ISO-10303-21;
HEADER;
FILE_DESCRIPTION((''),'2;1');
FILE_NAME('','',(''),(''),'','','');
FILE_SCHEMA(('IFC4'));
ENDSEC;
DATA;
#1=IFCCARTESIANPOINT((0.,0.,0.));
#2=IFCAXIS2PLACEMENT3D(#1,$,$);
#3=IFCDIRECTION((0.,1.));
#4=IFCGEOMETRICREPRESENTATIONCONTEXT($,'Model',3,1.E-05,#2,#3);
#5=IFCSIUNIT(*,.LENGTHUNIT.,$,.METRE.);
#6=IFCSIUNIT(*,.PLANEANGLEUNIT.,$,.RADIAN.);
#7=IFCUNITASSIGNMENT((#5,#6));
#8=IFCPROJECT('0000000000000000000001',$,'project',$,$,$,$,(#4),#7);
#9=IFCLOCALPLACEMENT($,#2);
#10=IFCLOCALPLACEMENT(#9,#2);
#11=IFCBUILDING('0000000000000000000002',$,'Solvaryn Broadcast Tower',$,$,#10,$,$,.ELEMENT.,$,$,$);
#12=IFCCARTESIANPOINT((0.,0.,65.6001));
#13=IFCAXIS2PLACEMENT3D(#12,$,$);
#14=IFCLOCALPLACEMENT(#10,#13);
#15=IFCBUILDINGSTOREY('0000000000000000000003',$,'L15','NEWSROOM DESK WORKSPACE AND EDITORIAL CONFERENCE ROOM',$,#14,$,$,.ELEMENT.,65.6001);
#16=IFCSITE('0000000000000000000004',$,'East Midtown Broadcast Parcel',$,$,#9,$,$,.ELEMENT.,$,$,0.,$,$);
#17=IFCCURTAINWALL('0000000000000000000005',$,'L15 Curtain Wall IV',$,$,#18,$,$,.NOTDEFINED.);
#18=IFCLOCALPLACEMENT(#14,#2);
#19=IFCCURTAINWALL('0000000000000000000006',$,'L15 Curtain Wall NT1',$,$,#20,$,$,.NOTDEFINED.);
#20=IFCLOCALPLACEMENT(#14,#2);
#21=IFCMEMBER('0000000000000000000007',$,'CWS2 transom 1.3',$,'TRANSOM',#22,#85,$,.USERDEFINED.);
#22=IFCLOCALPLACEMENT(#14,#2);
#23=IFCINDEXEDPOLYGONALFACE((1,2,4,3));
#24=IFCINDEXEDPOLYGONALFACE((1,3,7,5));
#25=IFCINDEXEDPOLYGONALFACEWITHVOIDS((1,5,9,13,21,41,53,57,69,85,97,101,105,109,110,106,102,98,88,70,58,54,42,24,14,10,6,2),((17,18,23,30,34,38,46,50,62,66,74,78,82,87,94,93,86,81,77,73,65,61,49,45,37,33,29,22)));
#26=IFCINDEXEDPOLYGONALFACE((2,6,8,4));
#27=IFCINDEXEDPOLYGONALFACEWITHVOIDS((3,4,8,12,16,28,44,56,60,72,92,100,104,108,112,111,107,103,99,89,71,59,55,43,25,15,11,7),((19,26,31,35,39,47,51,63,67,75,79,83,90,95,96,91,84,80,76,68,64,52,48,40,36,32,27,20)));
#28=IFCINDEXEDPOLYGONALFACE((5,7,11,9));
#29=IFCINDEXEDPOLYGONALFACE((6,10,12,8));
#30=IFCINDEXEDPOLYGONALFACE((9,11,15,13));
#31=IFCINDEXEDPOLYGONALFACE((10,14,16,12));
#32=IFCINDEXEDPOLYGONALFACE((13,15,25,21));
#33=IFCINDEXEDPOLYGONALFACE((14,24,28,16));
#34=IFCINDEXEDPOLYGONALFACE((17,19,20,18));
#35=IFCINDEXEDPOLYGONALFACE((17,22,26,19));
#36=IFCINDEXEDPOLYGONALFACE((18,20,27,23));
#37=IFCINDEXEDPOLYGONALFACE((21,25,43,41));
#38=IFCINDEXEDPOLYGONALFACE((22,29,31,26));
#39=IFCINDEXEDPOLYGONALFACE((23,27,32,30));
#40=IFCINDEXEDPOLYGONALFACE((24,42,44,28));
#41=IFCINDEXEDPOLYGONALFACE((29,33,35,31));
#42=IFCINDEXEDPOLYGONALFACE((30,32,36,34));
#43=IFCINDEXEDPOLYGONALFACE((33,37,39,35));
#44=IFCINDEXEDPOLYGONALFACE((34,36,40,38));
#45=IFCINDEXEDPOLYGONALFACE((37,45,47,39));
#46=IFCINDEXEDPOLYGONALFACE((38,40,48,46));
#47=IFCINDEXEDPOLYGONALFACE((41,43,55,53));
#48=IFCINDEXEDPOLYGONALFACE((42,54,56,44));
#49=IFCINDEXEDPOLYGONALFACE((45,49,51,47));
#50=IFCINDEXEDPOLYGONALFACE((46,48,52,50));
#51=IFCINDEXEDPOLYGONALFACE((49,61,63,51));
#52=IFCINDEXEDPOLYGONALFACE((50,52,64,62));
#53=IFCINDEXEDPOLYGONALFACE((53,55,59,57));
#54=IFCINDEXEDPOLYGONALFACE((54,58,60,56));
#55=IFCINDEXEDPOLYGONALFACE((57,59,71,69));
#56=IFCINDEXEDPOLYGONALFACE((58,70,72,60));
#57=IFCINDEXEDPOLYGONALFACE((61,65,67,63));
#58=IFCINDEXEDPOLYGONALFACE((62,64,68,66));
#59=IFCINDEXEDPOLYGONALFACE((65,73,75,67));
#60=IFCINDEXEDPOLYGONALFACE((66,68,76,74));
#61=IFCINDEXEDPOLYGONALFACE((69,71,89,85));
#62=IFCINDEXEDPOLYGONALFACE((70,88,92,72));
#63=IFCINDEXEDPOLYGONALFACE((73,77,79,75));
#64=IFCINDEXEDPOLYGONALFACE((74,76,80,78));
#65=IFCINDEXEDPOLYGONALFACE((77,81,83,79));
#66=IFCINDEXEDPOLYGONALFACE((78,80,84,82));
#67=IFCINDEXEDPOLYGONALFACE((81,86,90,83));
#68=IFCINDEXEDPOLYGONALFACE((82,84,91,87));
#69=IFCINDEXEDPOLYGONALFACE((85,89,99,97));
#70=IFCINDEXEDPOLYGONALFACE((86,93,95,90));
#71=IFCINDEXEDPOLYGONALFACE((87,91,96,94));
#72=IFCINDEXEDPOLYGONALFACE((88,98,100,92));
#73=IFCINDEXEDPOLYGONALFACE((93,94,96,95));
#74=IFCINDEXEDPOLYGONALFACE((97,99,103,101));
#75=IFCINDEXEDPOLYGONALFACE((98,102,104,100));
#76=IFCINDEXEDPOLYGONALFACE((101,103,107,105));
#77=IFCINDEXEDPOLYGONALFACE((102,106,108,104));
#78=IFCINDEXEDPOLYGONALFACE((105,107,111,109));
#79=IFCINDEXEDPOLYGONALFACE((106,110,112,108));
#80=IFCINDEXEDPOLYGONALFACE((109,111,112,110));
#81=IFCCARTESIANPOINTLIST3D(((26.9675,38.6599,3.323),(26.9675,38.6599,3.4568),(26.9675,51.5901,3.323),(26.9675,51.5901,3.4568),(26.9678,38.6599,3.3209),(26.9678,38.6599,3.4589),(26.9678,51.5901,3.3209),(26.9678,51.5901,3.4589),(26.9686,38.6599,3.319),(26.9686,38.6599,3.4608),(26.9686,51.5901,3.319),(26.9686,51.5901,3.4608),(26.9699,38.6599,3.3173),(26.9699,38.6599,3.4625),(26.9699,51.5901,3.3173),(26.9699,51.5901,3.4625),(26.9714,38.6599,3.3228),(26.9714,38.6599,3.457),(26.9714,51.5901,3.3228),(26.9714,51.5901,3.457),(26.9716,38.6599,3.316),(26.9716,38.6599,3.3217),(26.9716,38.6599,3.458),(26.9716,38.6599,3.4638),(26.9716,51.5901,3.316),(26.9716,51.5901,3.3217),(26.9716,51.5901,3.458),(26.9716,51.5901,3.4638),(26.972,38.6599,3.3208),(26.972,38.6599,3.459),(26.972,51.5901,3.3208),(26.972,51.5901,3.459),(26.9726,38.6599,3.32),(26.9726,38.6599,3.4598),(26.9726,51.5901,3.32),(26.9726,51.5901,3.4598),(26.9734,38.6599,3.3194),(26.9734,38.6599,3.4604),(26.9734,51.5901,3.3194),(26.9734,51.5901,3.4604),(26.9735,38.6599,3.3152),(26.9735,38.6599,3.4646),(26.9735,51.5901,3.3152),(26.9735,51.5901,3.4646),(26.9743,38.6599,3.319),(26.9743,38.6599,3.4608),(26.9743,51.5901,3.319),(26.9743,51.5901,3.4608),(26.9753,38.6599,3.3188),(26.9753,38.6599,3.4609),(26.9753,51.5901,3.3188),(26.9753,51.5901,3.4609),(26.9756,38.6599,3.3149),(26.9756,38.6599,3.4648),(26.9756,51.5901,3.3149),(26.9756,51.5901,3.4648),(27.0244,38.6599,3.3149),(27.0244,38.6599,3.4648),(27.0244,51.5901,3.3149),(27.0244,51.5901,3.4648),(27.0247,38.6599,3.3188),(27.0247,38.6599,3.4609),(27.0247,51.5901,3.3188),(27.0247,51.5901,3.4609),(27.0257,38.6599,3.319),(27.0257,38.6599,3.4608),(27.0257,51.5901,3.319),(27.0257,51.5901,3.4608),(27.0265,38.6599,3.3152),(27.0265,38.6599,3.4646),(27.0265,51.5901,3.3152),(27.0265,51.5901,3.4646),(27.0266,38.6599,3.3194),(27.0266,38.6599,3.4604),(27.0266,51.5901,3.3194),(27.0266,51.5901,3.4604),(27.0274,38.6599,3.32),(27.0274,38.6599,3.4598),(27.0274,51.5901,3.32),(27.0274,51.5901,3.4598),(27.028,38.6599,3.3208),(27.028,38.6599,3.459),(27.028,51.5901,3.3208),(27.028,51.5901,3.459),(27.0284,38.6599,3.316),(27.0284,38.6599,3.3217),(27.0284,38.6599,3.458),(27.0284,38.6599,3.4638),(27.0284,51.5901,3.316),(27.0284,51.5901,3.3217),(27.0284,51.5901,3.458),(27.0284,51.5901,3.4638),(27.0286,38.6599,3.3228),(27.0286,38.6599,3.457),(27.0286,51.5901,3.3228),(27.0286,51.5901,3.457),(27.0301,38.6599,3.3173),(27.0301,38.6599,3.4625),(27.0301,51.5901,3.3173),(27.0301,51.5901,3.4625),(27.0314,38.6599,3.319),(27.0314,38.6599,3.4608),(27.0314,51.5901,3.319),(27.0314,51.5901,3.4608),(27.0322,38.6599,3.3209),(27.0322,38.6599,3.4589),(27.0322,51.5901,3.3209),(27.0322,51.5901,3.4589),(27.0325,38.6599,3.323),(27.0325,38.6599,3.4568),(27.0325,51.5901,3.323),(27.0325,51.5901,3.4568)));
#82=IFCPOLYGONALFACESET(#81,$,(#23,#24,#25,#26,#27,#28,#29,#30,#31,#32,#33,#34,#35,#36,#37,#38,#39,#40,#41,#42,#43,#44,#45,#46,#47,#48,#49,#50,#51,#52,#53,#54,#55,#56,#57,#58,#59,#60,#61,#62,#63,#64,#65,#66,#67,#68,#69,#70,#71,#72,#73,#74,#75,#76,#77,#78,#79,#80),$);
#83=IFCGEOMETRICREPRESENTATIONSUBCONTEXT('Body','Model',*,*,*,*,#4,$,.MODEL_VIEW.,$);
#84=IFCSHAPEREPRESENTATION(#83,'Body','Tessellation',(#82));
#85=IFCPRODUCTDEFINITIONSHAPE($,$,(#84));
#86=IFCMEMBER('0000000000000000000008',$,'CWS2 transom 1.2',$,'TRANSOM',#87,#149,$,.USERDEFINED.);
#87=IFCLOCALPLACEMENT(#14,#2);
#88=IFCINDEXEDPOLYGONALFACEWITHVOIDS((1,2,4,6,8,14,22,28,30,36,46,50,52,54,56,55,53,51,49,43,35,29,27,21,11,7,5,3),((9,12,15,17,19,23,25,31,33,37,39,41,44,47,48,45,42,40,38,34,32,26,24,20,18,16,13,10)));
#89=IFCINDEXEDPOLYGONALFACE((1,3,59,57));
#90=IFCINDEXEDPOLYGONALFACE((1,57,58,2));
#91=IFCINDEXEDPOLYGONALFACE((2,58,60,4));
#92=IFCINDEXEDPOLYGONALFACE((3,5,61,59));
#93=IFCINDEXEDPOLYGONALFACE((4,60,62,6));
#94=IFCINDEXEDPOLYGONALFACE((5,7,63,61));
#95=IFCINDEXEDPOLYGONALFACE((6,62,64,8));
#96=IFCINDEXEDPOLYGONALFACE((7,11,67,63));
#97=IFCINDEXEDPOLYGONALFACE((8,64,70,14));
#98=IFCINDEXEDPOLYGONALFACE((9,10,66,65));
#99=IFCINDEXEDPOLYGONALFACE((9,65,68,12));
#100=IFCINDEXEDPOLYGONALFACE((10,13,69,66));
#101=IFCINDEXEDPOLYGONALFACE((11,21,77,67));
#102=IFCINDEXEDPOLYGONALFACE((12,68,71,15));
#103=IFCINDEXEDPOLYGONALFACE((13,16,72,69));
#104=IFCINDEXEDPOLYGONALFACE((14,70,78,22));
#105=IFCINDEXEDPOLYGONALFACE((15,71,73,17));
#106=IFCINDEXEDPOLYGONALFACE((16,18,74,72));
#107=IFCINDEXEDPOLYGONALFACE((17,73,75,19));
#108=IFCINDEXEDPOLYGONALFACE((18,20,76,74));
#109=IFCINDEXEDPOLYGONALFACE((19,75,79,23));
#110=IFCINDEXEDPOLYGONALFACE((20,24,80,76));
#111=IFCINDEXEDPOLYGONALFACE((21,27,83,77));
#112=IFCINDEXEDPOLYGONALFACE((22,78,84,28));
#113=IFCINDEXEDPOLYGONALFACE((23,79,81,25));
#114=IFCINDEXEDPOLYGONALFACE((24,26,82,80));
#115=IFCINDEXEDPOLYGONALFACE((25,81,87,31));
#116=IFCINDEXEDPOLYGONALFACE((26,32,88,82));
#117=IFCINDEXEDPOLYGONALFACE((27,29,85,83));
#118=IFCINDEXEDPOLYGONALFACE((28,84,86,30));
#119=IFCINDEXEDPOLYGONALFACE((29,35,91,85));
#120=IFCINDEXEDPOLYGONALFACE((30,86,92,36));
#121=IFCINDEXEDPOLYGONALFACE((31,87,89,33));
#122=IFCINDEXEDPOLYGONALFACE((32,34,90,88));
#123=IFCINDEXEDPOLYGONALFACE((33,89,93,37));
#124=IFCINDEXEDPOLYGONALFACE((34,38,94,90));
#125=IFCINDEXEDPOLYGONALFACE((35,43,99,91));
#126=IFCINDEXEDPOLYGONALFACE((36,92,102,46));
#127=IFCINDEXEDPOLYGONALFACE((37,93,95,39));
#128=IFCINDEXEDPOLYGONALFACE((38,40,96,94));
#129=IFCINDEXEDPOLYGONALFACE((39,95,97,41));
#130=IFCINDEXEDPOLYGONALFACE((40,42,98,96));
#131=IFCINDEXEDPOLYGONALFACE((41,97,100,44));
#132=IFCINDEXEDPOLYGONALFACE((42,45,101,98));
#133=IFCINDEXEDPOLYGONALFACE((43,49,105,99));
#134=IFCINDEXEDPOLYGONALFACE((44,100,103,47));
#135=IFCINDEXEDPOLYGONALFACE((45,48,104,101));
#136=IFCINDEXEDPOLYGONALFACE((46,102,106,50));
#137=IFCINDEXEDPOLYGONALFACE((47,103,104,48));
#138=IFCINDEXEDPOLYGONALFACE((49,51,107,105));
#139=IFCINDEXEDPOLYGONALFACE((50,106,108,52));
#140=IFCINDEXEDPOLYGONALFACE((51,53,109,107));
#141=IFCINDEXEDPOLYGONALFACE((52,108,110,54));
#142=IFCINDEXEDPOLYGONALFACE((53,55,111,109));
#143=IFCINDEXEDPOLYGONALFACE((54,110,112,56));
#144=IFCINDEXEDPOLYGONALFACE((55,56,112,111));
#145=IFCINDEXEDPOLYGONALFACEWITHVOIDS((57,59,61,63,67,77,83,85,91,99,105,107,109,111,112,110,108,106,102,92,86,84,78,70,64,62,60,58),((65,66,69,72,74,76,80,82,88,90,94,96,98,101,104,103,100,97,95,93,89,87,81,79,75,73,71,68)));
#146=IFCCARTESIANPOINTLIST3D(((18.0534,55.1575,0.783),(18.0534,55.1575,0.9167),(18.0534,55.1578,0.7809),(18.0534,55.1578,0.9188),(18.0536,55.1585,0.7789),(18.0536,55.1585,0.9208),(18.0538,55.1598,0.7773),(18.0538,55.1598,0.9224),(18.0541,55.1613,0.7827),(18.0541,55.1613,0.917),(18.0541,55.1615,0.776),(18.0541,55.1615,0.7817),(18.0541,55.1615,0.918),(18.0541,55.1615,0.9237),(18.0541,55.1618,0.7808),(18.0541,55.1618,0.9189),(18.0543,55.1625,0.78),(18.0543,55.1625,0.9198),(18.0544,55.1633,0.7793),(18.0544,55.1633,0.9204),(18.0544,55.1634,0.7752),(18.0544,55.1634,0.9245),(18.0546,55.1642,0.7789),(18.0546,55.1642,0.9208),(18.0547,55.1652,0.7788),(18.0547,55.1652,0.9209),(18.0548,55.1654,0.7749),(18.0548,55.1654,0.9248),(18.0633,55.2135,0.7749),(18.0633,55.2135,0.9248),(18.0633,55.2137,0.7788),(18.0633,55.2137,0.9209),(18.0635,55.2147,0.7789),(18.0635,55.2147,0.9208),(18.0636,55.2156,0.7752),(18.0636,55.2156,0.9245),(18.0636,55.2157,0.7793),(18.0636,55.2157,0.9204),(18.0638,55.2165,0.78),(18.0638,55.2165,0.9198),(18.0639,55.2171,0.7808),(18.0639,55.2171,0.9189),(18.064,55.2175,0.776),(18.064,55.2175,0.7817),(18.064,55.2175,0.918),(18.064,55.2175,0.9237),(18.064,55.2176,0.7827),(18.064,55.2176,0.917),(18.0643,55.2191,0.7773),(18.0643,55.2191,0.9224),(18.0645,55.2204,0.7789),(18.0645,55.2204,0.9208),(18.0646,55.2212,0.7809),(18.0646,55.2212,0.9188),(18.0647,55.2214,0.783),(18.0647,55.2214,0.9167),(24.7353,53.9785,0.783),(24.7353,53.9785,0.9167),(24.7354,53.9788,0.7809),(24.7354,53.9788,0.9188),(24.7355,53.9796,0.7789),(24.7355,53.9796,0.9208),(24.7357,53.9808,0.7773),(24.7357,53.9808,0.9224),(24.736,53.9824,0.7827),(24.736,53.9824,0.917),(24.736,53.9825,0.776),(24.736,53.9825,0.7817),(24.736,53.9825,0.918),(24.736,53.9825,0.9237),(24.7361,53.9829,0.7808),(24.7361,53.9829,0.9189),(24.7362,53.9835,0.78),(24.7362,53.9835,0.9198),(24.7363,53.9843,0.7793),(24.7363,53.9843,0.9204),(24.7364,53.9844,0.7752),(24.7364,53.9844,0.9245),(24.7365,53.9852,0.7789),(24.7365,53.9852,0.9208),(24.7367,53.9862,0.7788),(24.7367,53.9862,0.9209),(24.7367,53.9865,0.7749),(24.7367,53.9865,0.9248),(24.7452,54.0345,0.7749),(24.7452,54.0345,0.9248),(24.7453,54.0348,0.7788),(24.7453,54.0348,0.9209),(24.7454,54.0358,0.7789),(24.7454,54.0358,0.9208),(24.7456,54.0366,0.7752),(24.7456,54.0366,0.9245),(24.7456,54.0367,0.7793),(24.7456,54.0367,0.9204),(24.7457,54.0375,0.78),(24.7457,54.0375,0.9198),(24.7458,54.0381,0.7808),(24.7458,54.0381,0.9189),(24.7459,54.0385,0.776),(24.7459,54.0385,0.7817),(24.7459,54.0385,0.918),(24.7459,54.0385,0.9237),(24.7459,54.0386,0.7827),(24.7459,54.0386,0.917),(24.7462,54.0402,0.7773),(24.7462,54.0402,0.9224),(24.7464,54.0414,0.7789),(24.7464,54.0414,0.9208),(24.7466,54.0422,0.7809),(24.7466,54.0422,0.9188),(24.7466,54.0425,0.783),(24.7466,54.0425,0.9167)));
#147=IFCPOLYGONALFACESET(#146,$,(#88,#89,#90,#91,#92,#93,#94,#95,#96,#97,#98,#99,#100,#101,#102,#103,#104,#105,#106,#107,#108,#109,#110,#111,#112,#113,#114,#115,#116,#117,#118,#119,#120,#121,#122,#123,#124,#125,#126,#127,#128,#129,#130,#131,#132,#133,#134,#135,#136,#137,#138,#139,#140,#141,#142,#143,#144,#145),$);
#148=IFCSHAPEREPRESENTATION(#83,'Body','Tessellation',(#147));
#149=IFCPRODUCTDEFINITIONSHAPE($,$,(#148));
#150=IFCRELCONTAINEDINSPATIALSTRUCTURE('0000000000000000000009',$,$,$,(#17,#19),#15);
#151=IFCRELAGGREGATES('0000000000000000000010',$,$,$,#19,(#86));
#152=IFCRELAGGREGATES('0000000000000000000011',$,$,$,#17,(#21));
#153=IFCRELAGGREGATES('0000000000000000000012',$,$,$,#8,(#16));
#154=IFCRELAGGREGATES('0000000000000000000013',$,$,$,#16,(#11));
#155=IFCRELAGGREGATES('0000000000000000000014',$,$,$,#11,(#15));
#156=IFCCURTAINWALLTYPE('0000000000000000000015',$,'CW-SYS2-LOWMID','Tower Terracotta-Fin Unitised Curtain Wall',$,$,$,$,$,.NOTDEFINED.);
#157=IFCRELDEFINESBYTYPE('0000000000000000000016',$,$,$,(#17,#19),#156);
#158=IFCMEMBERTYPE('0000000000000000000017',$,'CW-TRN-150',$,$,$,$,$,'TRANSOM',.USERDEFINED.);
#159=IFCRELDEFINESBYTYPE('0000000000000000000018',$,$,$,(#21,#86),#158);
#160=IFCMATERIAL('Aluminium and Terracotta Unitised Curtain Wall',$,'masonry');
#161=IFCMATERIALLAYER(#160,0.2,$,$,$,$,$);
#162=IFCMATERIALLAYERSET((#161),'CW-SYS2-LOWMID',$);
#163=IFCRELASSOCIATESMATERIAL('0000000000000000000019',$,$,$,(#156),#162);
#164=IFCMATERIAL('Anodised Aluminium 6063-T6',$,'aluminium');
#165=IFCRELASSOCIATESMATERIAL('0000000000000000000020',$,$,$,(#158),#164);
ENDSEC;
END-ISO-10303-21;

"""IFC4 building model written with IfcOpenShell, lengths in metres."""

from ifc_helpers import new_model, si_unit, direction, frame, origin, origin_2d, place, context, subcontext, project, spatial, hollow_rectangle, extrude, material, layer, layer_set, material_profile, profile_set, type_object, element, aggregate, save


model = new_model("IFC4")

# Units and contexts
model_context = context("Model", 3, precision=1e-05, world=origin(), true_north=direction((0.0, 1.0)))
body_context = subcontext(model_context, "Body", "Model", "MODEL_VIEW")
ifc_project = project(units=[si_unit("LENGTHUNIT", "METRE"), si_unit("PLANEANGLEUNIT", "RADIAN")], contexts=[model_context])

# Site, building, storey
site_placement = place(None, origin())
site = spatial("IfcSite", under=ifc_project, at=site_placement, Name="East Midtown Broadcast Parcel", CompositionType="ELEMENT", RefElevation=0.0)
building_placement = place(site_placement, origin())
building = spatial("IfcBuilding", under=site, at=building_placement, Name="Solvaryn Broadcast Tower", CompositionType="ELEMENT")
storey_placement = place(building_placement, frame((0.0, 0.0, 65.6001)))
storey = spatial("IfcBuildingStorey", under=building, at=storey_placement, Name="L15", Description="NEWSROOM DESK WORKSPACE AND EDITORIAL CONFERENCE ROOM", CompositionType="ELEMENT", Elevation=65.6001)

# Curtain wall
ifc_material_1 = material(Name="Aluminium and Terracotta Unitised Curtain Wall", Category="masonry")
ifc_layer_1 = layer(ifc_material_1, 0.2)
ifc_layer_set_1 = layer_set([ifc_layer_1], Name="CW-SYS2-LOWMID")
curtain_wall_type = type_object("IfcCurtainWallType", Name="CW-SYS2-LOWMID", Description="Tower Terracotta-Fin Unitised Curtain Wall", PredefinedType="NOTDEFINED", material=ifc_layer_set_1)
curtain_wall_1_placement = place(storey_placement, origin())
curtain_wall_1 = element("IfcCurtainWall", 1, at=curtain_wall_1_placement, inside=storey, type_object=curtain_wall_type, Name="L15 Curtain Wall IV", PredefinedType="NOTDEFINED")

# Curtain wall
curtain_wall_2_placement = place(storey_placement, origin())
curtain_wall_2 = element("IfcCurtainWall", 2, at=curtain_wall_2_placement, inside=storey, type_object=curtain_wall_type, Name="L15 Curtain Wall NT1", PredefinedType="NOTDEFINED")

# Members
ifc_material_2 = material(Name="Anodised Aluminium 6063-T6", Category="aluminium")
ifc_material_profile_1 = material_profile(ifc_material_2, hollow_rectangle(XDim=0.0649, YDim=0.1499, WallThickness=0.0039, InnerFilletRadius=0.0039, OuterFilletRadius=0.0081, at=origin_2d()))
ifc_profile_set_1 = profile_set([ifc_material_profile_1], Name="Anodised Aluminium 6063-T6")
member_type_1 = type_object("IfcMemberType", Name="CW-TRN-150", ElementType="TRANSOM", PredefinedType="USERDEFINED", material=ifc_profile_set_1)
member_1_placement = place(storey_placement, frame((27.0, 51.5901, 3.3899), z_axis=(0.0, -1.0, 0.0), x_axis=(1.0, 0.0, 0.0)))
member_1 = element("IfcMember", 3, at=member_1_placement, type_object=member_type_1, Name="CWS2 transom 1.3", ObjectType="TRANSOM", PredefinedType="USERDEFINED", context=body_context, shape_type="SweptSolid", body=[
    extrude(hollow_rectangle(XDim=0.0649, YDim=0.1499, WallThickness=0.0039, InnerFilletRadius=0.0039, OuterFilletRadius=0.0081, at=origin_2d()), origin(), (0.0, 0.0, 1.0), 12.9302),
])
member_2_placement = place(storey_placement, frame((24.741, 54.0105, 0.8499), z_axis=(-0.984789, 0.173757, 0.0), x_axis=(-0.173757, -0.984789, 0.0)))
member_2 = element("IfcMember", 4, at=member_2_placement, type_object=member_type_1, Name="CWS2 transom 1.2", ObjectType="TRANSOM", PredefinedType="USERDEFINED", context=body_context, shape_type="SweptSolid", body=[
    extrude(hollow_rectangle(XDim=0.0649, YDim=0.1499, WallThickness=0.0039, InnerFilletRadius=0.0039, OuterFilletRadius=0.0081, at=origin_2d()), origin(), (0.0, 0.0, 1.0), 6.7852),
])
aggregate(curtain_wall_2, [member_2])

aggregate(curtain_wall_1, [member_1])

save(model, "model.ifc")
